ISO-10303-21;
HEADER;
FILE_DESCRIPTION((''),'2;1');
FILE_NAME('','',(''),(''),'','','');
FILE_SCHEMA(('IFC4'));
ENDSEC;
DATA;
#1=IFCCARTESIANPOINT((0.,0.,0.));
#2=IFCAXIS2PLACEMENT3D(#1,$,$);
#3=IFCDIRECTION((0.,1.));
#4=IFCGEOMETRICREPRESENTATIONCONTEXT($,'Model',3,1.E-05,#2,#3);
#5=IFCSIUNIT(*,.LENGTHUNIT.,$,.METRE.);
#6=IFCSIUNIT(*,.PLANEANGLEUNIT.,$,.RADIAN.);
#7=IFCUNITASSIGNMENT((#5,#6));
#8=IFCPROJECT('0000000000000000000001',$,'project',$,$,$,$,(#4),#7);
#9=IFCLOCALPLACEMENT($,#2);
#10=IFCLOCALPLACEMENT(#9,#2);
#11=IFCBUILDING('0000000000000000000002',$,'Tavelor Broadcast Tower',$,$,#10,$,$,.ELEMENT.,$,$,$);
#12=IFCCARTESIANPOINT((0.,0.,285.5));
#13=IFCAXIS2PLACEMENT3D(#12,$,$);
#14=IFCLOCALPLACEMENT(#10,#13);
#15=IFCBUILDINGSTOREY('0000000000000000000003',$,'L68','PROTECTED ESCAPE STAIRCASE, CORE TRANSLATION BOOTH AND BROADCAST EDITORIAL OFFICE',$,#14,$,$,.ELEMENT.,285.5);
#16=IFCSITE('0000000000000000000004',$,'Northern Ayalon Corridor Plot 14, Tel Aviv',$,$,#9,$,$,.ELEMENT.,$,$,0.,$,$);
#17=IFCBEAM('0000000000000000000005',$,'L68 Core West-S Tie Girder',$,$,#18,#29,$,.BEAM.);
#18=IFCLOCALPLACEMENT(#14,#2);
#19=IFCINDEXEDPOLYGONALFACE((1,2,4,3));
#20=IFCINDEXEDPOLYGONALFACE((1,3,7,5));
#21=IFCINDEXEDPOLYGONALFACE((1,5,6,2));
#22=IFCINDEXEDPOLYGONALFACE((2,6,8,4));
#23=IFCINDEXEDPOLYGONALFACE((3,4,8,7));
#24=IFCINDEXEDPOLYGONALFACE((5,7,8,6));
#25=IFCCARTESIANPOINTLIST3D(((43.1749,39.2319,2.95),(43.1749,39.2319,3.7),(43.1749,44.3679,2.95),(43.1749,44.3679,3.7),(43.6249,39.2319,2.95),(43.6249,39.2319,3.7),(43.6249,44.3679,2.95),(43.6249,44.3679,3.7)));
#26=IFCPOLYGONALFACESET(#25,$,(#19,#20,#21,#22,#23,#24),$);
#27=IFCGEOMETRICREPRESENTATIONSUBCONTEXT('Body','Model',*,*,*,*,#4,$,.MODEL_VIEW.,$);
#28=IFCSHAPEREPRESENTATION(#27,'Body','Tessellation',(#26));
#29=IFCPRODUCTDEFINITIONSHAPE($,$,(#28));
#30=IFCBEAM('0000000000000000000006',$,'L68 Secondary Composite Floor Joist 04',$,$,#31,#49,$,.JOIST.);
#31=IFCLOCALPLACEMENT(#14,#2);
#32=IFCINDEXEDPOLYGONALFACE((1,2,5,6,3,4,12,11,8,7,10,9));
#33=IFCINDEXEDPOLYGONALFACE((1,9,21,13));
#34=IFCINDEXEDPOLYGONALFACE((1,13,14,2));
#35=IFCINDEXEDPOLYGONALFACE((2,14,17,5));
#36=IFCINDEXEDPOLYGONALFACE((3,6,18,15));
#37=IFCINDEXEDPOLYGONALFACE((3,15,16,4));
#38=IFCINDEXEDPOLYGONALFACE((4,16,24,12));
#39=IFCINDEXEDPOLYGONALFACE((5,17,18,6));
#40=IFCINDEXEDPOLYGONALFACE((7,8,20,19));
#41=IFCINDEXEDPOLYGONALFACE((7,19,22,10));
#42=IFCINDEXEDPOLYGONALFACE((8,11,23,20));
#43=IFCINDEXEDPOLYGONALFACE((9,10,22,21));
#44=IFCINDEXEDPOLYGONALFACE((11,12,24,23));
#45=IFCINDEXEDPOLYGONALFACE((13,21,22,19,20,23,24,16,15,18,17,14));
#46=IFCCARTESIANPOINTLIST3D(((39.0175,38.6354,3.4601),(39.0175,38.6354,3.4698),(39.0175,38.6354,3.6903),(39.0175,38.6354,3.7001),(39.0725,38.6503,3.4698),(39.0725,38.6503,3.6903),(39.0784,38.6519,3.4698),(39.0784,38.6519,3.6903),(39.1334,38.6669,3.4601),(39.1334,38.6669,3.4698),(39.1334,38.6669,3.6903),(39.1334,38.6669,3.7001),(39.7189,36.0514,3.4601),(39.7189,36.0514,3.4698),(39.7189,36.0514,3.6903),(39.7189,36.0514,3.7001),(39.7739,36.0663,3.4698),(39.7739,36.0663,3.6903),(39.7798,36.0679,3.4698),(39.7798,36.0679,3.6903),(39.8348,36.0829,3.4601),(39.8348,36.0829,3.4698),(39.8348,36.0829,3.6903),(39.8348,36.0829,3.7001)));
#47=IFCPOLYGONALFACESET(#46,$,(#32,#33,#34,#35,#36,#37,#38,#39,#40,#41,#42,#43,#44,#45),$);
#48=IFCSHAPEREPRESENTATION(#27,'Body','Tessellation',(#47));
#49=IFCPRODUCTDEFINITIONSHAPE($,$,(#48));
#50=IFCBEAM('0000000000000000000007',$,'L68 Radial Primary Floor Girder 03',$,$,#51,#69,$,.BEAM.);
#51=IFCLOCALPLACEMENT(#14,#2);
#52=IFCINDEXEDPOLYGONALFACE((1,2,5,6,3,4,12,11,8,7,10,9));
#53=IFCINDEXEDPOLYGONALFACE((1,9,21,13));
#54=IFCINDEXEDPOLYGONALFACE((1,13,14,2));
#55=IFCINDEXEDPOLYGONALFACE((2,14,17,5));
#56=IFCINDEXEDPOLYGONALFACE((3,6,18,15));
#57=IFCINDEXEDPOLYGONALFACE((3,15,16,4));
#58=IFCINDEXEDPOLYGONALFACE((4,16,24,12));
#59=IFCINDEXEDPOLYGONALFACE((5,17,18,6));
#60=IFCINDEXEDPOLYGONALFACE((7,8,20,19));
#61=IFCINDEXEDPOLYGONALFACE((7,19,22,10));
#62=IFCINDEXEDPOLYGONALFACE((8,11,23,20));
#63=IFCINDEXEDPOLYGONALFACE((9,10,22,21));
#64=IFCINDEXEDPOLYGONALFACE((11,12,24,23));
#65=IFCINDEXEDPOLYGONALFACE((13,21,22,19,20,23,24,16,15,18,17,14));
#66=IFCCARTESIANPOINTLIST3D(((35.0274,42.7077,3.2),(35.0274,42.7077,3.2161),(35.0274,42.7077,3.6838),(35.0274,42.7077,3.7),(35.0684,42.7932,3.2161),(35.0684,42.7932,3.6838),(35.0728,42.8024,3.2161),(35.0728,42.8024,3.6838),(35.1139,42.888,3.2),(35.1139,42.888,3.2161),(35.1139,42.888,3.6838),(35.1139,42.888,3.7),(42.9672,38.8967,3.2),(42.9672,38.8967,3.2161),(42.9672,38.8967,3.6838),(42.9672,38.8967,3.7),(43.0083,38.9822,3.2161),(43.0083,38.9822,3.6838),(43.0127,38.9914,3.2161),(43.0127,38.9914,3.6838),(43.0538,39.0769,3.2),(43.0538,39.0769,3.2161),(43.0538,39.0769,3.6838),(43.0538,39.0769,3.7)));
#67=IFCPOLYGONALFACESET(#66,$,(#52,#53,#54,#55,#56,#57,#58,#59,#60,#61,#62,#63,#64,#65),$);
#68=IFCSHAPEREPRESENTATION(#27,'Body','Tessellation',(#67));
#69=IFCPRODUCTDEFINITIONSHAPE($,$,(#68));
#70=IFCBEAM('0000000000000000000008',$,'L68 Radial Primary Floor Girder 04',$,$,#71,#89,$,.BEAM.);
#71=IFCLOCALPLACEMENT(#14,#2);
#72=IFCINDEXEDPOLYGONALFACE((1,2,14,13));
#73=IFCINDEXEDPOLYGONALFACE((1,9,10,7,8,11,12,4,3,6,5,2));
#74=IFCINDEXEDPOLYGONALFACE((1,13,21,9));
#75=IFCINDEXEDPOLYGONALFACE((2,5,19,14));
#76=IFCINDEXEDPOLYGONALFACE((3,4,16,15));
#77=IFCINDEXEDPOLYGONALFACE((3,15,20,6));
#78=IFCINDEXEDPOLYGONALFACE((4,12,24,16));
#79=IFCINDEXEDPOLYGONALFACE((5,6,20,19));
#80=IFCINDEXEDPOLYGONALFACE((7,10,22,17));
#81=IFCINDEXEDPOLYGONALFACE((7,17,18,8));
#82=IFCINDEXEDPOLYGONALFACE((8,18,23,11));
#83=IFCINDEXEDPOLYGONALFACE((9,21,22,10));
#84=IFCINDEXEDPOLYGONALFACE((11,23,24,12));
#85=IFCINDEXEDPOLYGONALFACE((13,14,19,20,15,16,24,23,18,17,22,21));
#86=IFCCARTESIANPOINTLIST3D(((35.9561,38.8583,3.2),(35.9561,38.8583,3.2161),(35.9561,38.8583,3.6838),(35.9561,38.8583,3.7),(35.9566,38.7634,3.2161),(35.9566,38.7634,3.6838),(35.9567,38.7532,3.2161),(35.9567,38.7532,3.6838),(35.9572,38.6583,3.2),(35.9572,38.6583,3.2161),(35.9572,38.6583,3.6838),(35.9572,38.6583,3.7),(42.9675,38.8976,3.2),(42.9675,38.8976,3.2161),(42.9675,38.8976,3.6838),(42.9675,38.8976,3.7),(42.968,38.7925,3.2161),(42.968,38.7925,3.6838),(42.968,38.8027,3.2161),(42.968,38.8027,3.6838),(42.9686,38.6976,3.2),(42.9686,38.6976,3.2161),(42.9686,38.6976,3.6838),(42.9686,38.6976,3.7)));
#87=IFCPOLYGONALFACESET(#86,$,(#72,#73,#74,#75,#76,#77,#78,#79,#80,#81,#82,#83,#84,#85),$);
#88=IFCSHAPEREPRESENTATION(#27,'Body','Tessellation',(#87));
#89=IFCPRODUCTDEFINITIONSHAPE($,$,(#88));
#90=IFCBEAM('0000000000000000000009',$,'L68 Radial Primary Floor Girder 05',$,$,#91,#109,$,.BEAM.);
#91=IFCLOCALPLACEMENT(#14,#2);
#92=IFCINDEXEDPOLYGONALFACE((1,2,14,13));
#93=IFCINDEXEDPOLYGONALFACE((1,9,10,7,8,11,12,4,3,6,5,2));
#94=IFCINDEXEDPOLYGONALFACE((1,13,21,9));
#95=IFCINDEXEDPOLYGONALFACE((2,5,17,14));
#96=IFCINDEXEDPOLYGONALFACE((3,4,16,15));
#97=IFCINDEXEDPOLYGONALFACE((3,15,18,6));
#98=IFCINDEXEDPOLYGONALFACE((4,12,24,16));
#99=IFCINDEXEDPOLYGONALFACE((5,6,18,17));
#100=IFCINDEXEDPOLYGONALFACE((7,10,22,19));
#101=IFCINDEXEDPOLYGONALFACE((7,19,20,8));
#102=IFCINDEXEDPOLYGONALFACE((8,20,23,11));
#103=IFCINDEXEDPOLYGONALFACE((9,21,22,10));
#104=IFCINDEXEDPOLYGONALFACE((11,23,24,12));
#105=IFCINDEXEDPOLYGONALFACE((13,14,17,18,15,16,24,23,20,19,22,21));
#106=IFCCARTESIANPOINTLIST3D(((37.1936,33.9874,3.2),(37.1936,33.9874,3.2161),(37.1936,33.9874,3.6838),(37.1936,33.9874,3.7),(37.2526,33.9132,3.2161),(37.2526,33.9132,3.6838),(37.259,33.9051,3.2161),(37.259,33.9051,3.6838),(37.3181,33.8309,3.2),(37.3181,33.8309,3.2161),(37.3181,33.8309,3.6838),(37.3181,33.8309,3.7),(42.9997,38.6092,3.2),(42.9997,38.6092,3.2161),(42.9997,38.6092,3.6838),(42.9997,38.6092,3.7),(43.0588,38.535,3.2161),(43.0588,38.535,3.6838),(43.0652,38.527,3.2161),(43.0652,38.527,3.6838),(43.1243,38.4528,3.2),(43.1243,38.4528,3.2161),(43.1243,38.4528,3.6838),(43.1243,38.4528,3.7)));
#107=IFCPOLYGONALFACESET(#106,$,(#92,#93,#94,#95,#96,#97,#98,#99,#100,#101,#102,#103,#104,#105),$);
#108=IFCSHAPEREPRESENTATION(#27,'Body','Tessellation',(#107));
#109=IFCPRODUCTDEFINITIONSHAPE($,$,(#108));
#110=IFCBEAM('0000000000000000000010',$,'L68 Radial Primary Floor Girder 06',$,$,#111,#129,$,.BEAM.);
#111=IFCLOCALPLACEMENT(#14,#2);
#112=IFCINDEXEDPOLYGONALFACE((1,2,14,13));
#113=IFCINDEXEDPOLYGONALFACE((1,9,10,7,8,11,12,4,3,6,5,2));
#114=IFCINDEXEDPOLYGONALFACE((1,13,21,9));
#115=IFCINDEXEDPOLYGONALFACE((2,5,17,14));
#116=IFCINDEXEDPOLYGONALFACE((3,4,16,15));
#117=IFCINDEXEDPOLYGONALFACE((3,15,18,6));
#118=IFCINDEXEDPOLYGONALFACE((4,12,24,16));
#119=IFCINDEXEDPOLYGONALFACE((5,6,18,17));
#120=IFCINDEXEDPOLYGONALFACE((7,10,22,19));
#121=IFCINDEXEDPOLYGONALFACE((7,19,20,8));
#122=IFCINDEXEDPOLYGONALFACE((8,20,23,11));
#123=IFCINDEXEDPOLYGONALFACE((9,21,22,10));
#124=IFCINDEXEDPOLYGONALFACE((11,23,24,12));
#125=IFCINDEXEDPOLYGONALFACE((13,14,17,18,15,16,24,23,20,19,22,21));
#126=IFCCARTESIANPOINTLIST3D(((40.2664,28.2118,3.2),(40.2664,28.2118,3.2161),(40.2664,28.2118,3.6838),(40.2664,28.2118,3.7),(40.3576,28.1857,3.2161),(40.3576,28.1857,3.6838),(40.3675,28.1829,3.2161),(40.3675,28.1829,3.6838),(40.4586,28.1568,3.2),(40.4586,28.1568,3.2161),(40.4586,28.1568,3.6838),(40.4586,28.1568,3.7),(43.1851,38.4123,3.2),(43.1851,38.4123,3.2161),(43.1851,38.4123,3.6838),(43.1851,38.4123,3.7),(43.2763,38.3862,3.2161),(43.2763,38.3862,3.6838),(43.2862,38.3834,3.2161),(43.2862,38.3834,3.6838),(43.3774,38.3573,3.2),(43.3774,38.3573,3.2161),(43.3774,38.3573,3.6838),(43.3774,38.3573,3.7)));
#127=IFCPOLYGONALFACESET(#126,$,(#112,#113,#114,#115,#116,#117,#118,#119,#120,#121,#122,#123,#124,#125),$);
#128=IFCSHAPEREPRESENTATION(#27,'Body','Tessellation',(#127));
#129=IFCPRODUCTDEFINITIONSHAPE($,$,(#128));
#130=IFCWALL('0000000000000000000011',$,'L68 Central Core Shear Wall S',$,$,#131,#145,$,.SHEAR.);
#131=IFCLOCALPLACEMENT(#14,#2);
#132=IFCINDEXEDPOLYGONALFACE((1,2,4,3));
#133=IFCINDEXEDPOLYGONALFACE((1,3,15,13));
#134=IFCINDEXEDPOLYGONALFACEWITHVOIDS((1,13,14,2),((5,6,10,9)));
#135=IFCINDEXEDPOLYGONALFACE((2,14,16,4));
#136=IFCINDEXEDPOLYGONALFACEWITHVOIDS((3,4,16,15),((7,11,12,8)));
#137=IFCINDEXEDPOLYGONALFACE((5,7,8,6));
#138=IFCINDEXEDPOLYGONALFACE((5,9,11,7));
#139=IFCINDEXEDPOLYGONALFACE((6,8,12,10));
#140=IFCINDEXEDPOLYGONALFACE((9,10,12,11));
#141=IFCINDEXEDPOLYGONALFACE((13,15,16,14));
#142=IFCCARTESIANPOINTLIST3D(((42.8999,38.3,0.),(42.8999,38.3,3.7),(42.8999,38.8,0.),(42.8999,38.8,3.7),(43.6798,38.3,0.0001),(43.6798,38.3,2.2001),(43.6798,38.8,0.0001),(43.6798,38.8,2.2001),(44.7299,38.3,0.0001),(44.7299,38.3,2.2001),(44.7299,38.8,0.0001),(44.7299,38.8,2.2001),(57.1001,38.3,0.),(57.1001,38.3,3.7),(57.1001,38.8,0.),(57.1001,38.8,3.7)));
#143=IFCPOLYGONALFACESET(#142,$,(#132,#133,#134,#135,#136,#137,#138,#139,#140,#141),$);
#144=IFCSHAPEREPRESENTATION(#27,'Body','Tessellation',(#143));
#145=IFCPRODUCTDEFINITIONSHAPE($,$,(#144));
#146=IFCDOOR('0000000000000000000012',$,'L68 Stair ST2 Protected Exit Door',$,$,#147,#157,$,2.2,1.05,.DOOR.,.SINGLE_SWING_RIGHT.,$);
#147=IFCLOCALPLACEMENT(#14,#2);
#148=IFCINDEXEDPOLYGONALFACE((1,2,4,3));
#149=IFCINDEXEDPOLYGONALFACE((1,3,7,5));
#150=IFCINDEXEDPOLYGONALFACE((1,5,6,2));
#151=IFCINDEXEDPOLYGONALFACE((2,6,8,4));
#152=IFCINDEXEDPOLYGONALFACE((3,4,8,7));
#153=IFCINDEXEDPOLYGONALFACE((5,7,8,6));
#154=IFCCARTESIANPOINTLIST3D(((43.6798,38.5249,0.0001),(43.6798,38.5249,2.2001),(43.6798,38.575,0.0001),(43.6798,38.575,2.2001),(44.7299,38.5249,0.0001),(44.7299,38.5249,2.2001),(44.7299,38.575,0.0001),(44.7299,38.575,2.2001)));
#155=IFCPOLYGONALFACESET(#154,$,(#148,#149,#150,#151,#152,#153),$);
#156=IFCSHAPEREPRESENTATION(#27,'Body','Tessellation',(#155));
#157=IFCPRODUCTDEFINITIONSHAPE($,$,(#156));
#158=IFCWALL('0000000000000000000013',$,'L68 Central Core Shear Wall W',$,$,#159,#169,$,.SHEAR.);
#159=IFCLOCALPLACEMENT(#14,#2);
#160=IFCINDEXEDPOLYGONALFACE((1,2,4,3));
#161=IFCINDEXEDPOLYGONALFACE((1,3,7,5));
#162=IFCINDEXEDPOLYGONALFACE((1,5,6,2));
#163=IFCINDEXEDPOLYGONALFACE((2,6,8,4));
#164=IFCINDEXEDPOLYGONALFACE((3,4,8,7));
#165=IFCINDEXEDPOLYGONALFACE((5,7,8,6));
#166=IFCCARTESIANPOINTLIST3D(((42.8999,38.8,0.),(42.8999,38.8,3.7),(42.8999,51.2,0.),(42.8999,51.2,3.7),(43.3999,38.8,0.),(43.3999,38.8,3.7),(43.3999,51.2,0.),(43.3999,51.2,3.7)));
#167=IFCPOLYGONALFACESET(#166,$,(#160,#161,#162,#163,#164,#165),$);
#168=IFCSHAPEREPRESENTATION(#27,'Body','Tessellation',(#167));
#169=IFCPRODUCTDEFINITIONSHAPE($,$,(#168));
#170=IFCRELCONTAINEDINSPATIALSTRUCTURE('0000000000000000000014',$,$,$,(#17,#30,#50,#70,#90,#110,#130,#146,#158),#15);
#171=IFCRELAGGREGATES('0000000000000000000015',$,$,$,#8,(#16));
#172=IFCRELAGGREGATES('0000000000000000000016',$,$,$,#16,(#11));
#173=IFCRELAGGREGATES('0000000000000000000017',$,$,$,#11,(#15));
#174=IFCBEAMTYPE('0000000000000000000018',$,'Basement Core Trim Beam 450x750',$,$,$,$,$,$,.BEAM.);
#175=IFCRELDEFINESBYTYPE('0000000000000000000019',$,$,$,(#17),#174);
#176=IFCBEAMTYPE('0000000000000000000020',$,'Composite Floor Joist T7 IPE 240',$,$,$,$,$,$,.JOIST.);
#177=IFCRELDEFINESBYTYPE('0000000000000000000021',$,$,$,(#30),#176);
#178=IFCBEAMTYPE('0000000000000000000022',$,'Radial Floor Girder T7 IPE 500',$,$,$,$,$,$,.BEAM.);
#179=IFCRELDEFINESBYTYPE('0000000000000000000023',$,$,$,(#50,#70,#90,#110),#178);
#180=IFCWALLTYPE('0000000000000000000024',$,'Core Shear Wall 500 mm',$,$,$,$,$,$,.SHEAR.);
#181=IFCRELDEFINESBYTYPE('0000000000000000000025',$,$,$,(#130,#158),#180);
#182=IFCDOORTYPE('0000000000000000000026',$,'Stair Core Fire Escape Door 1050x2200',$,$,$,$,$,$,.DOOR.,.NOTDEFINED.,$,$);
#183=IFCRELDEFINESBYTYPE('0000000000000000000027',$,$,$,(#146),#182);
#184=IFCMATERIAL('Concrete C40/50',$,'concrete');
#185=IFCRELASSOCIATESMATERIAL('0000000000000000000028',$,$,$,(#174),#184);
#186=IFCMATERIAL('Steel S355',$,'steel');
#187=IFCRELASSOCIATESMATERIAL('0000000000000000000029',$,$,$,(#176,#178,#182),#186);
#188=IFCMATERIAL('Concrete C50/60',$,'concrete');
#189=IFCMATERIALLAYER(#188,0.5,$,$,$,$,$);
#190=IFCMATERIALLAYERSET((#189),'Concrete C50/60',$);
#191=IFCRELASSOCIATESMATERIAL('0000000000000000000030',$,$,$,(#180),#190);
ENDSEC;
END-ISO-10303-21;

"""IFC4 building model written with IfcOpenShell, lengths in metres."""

from ifc_helpers import new_model, si_unit, direction, frame, frame_2d, origin, origin_2d, place, context, subcontext, project, spatial, rectangle, i_section, extrude, material, layer, layer_set, material_profile, profile_set, type_object, element, fill, save


model = new_model("IFC4")

# Units and contexts
model_context = context("Model", 3, precision=1e-05, world=origin(), true_north=direction((0.0, 1.0)))
body_context = subcontext(model_context, "Body", "Model", "MODEL_VIEW")
ifc_project = project(units=[si_unit("LENGTHUNIT", "METRE"), si_unit("PLANEANGLEUNIT", "RADIAN")], contexts=[model_context])

# Site, building, storey
site_placement = place(None, origin())
site = spatial("IfcSite", under=ifc_project, at=site_placement, Name="Northern Ayalon Corridor Plot 14, Tel Aviv", CompositionType="ELEMENT", RefElevation=0.0)
building_placement = place(site_placement, origin())
building = spatial("IfcBuilding", under=site, at=building_placement, Name="Tavelor Broadcast Tower", CompositionType="ELEMENT")
storey_placement = place(building_placement, frame((0.0, 0.0, 285.5)))
storey = spatial("IfcBuildingStorey", under=building, at=storey_placement, Name="L68", Description="PROTECTED ESCAPE STAIRCASE, CORE TRANSLATION BOOTH AND BROADCAST EDITORIAL OFFICE", CompositionType="ELEMENT", Elevation=285.5)

# Beams
ifc_material_1 = material(Name="Concrete C40/50", Category="concrete")
ifc_material_profile_1 = material_profile(ifc_material_1, rectangle(XDim=0.45, YDim=0.75, at=origin_2d()), Name="RC 450x750")
ifc_profile_set_1 = profile_set([ifc_material_profile_1], Name="Concrete C40/50")
beam_type_1 = type_object("IfcBeamType", Name="Basement Core Trim Beam 450x750", PredefinedType="BEAM", material=ifc_profile_set_1)
beam_1_placement = place(storey_placement, frame((43.3999, 39.2319, 3.325), z_axis=(0.0, 1.0, 0.0), x_axis=(-1.0, 0.0, 0.0)))
element("IfcBeam", 1, at=beam_1_placement, inside=storey, type_object=beam_type_1, Name="L68 Core West-S Tie Girder", PredefinedType="BEAM", context=body_context, shape_type="SweptSolid", body=[
    extrude(rectangle(XDim=0.45, YDim=0.75, at=origin_2d()), origin(), (0.0, 0.0, 1.0), 5.136),
])
ifc_material_2 = material(Name="Steel S355", Category="steel")
ifc_material_profile_2 = material_profile(ifc_material_2, i_section(OverallWidth=0.1201, OverallDepth=0.24, WebThickness=0.0061, FlangeThickness=0.0098, at=origin_2d()), Name="IPE 240")
ifc_profile_set_2 = profile_set([ifc_material_profile_2], Name="Steel S355")
beam_type_2 = type_object("IfcBeamType", Name="Composite Floor Joist T7 IPE 240", PredefinedType="JOIST", material=ifc_profile_set_2)
beam_2_placement = place(storey_placement, frame((39.0754, 38.6511, 3.5801), z_axis=(0.261968, -0.965077, 0.0), x_axis=(0.965077, 0.261968, 0.0)))
element("IfcBeam", 2, at=beam_2_placement, inside=storey, type_object=beam_type_2, Name="L68 Secondary Composite Floor Joist 04", PredefinedType="JOIST", context=body_context, shape_type="SweptSolid", body=[
    extrude(i_section(OverallWidth=0.1201, OverallDepth=0.24, WebThickness=0.0061, FlangeThickness=0.0098, at=origin_2d()), origin(), (0.0, 0.0, 1.0), 2.6775),
])
ifc_material_profile_3 = material_profile(ifc_material_2, i_section(OverallWidth=0.2, OverallDepth=0.5, WebThickness=0.0103, FlangeThickness=0.0161, at=origin_2d()), Name="IPE 500")
ifc_profile_set_3 = profile_set([ifc_material_profile_3], Name="Steel S355")
beam_type_3 = type_object("IfcBeamType", Name="Radial Floor Girder T7 IPE 500", PredefinedType="BEAM", material=ifc_profile_set_3)
beam_3_placement = place(storey_placement, frame((43.0105, 38.9868, 3.45), z_axis=(-0.901529, 0.432718, 0.0), x_axis=(-0.432718, -0.901529, 0.0)))
element("IfcBeam", 3, at=beam_3_placement, inside=storey, type_object=beam_type_3, Name="L68 Radial Primary Floor Girder 03", PredefinedType="BEAM", context=body_context, shape_type="SweptSolid", body=[
    extrude(i_section(OverallWidth=0.2, OverallDepth=0.5, WebThickness=0.0103, FlangeThickness=0.0161, at=origin_2d()), origin(), (0.0, 0.0, 1.0), 8.8071),
])
beam_4_placement = place(storey_placement, frame((42.968, 38.7976, 3.45), z_axis=(-0.999984, -0.005606, 0.0), x_axis=(0.005606, -0.999984, 0.0)))
element("IfcBeam", 4, at=beam_4_placement, inside=storey, type_object=beam_type_3, Name="L68 Radial Primary Floor Girder 04", PredefinedType="BEAM", context=body_context, shape_type="SweptSolid", body=[
    extrude(i_section(OverallWidth=0.2, OverallDepth=0.5, WebThickness=0.0103, FlangeThickness=0.0161, at=origin_2d()), origin(), (0.0, 0.0, 1.0), 7.0115),
])
beam_5_placement = place(storey_placement, frame((43.062, 38.531, 3.45), z_axis=(-0.782385, -0.622796, 0.0), x_axis=(0.622796, -0.782385, 0.0)))
element("IfcBeam", 5, at=beam_5_placement, inside=storey, type_object=beam_type_3, Name="L68 Radial Primary Floor Girder 05", PredefinedType="BEAM", context=body_context, shape_type="SweptSolid", body=[
    extrude(i_section(OverallWidth=0.2, OverallDepth=0.5, WebThickness=0.0103, FlangeThickness=0.0161, at=origin_2d()), origin(), (0.0, 0.0, 1.0), 7.4211),
])
beam_6_placement = place(storey_placement, frame((43.2812, 38.3848, 3.45), z_axis=(-0.275095, -0.961417, 0.0), x_axis=(0.961417, -0.275095, 0.0)))
element("IfcBeam", 6, at=beam_6_placement, inside=storey, type_object=beam_type_3, Name="L68 Radial Primary Floor Girder 06", PredefinedType="BEAM", context=body_context, shape_type="SweptSolid", body=[
    extrude(i_section(OverallWidth=0.2, OverallDepth=0.5, WebThickness=0.0103, FlangeThickness=0.0161, at=origin_2d()), origin(), (0.0, 0.0, 1.0), 10.6099),
])

# Wall, opening, door
ifc_material_3 = material(Name="Concrete C50/60", Category="concrete")
ifc_layer_1 = layer(ifc_material_3, 0.5)
ifc_layer_set_1 = layer_set([ifc_layer_1], Name="Concrete C50/60")
wall_type_1 = type_object("IfcWallType", Name="Core Shear Wall 500 mm", PredefinedType="SHEAR", material=ifc_layer_set_1)
wall_1_placement = place(storey_placement, frame((42.8999, 38.55, 0.0), z_axis=(0.0, 0.0, 1.0), x_axis=(1.0, 0.0, 0.0)))
wall_1 = element("IfcWall", 7, at=wall_1_placement, inside=storey, type_object=wall_type_1, Name="L68 Central Core Shear Wall S", PredefinedType="SHEAR", context=body_context, shape_type="SweptSolid", body=[
    extrude(rectangle(XDim=14.2002, YDim=0.5, at=frame_2d((7.1001, 0.0))), origin(), (0.0, 0.0, 1.0), 3.7),
])
opening_1_placement = place(wall_1_placement, frame((0.78, 0.0, 0.0)))
opening_1 = element("IfcOpeningElement", 8, at=opening_1_placement, cuts=wall_1, PredefinedType="OPENING", context=body_context, shape_type="SweptSolid", body=[
    extrude(rectangle(XDim=1.05, YDim=2.2, at=frame_2d((0.5249, 1.1001))), frame((0.0, 0.26, 0.0), z_axis=(0.0, -1.0, 0.0), x_axis=(1.0, 0.0, 0.0)), (0.0, 0.0, 1.0), 0.52),
])
door_type_1 = type_object("IfcDoorType", Name="Stair Core Fire Escape Door 1050x2200", OperationType="NOTDEFINED", PredefinedType="DOOR", material=ifc_material_2)
door_1_placement = place(opening_1_placement, origin())
door_1 = element("IfcDoor", 9, at=door_1_placement, inside=storey, type_object=door_type_1, Name="L68 Stair ST2 Protected Exit Door", OperationType="SINGLE_SWING_RIGHT", OverallHeight=2.2, OverallWidth=1.05, PredefinedType="DOOR", context=body_context, shape_type="SweptSolid", body=[
    extrude(rectangle(XDim=1.05, YDim=2.2, at=frame_2d((0.5249, 1.1001))), frame((0.0, 0.0249, 0.0), z_axis=(0.0, -1.0, 0.0), x_axis=(1.0, 0.0, 0.0)), (0.0, 0.0, 1.0), 0.05),
])
fill(opening_1, door_1)

# Wall
wall_2_placement = place(storey_placement, frame((43.1499, 38.8, 0.0), z_axis=(0.0, 0.0, 1.0), x_axis=(0.0, 1.0, 0.0)))
element("IfcWall", 10, at=wall_2_placement, inside=storey, type_object=wall_type_1, Name="L68 Central Core Shear Wall W", PredefinedType="SHEAR", context=body_context, shape_type="SweptSolid", body=[
    extrude(rectangle(XDim=12.3999, YDim=0.5, at=frame_2d((6.2, 0.0))), origin(), (0.0, 0.0, 1.0), 3.7),
])

save(model, "model.ifc")
